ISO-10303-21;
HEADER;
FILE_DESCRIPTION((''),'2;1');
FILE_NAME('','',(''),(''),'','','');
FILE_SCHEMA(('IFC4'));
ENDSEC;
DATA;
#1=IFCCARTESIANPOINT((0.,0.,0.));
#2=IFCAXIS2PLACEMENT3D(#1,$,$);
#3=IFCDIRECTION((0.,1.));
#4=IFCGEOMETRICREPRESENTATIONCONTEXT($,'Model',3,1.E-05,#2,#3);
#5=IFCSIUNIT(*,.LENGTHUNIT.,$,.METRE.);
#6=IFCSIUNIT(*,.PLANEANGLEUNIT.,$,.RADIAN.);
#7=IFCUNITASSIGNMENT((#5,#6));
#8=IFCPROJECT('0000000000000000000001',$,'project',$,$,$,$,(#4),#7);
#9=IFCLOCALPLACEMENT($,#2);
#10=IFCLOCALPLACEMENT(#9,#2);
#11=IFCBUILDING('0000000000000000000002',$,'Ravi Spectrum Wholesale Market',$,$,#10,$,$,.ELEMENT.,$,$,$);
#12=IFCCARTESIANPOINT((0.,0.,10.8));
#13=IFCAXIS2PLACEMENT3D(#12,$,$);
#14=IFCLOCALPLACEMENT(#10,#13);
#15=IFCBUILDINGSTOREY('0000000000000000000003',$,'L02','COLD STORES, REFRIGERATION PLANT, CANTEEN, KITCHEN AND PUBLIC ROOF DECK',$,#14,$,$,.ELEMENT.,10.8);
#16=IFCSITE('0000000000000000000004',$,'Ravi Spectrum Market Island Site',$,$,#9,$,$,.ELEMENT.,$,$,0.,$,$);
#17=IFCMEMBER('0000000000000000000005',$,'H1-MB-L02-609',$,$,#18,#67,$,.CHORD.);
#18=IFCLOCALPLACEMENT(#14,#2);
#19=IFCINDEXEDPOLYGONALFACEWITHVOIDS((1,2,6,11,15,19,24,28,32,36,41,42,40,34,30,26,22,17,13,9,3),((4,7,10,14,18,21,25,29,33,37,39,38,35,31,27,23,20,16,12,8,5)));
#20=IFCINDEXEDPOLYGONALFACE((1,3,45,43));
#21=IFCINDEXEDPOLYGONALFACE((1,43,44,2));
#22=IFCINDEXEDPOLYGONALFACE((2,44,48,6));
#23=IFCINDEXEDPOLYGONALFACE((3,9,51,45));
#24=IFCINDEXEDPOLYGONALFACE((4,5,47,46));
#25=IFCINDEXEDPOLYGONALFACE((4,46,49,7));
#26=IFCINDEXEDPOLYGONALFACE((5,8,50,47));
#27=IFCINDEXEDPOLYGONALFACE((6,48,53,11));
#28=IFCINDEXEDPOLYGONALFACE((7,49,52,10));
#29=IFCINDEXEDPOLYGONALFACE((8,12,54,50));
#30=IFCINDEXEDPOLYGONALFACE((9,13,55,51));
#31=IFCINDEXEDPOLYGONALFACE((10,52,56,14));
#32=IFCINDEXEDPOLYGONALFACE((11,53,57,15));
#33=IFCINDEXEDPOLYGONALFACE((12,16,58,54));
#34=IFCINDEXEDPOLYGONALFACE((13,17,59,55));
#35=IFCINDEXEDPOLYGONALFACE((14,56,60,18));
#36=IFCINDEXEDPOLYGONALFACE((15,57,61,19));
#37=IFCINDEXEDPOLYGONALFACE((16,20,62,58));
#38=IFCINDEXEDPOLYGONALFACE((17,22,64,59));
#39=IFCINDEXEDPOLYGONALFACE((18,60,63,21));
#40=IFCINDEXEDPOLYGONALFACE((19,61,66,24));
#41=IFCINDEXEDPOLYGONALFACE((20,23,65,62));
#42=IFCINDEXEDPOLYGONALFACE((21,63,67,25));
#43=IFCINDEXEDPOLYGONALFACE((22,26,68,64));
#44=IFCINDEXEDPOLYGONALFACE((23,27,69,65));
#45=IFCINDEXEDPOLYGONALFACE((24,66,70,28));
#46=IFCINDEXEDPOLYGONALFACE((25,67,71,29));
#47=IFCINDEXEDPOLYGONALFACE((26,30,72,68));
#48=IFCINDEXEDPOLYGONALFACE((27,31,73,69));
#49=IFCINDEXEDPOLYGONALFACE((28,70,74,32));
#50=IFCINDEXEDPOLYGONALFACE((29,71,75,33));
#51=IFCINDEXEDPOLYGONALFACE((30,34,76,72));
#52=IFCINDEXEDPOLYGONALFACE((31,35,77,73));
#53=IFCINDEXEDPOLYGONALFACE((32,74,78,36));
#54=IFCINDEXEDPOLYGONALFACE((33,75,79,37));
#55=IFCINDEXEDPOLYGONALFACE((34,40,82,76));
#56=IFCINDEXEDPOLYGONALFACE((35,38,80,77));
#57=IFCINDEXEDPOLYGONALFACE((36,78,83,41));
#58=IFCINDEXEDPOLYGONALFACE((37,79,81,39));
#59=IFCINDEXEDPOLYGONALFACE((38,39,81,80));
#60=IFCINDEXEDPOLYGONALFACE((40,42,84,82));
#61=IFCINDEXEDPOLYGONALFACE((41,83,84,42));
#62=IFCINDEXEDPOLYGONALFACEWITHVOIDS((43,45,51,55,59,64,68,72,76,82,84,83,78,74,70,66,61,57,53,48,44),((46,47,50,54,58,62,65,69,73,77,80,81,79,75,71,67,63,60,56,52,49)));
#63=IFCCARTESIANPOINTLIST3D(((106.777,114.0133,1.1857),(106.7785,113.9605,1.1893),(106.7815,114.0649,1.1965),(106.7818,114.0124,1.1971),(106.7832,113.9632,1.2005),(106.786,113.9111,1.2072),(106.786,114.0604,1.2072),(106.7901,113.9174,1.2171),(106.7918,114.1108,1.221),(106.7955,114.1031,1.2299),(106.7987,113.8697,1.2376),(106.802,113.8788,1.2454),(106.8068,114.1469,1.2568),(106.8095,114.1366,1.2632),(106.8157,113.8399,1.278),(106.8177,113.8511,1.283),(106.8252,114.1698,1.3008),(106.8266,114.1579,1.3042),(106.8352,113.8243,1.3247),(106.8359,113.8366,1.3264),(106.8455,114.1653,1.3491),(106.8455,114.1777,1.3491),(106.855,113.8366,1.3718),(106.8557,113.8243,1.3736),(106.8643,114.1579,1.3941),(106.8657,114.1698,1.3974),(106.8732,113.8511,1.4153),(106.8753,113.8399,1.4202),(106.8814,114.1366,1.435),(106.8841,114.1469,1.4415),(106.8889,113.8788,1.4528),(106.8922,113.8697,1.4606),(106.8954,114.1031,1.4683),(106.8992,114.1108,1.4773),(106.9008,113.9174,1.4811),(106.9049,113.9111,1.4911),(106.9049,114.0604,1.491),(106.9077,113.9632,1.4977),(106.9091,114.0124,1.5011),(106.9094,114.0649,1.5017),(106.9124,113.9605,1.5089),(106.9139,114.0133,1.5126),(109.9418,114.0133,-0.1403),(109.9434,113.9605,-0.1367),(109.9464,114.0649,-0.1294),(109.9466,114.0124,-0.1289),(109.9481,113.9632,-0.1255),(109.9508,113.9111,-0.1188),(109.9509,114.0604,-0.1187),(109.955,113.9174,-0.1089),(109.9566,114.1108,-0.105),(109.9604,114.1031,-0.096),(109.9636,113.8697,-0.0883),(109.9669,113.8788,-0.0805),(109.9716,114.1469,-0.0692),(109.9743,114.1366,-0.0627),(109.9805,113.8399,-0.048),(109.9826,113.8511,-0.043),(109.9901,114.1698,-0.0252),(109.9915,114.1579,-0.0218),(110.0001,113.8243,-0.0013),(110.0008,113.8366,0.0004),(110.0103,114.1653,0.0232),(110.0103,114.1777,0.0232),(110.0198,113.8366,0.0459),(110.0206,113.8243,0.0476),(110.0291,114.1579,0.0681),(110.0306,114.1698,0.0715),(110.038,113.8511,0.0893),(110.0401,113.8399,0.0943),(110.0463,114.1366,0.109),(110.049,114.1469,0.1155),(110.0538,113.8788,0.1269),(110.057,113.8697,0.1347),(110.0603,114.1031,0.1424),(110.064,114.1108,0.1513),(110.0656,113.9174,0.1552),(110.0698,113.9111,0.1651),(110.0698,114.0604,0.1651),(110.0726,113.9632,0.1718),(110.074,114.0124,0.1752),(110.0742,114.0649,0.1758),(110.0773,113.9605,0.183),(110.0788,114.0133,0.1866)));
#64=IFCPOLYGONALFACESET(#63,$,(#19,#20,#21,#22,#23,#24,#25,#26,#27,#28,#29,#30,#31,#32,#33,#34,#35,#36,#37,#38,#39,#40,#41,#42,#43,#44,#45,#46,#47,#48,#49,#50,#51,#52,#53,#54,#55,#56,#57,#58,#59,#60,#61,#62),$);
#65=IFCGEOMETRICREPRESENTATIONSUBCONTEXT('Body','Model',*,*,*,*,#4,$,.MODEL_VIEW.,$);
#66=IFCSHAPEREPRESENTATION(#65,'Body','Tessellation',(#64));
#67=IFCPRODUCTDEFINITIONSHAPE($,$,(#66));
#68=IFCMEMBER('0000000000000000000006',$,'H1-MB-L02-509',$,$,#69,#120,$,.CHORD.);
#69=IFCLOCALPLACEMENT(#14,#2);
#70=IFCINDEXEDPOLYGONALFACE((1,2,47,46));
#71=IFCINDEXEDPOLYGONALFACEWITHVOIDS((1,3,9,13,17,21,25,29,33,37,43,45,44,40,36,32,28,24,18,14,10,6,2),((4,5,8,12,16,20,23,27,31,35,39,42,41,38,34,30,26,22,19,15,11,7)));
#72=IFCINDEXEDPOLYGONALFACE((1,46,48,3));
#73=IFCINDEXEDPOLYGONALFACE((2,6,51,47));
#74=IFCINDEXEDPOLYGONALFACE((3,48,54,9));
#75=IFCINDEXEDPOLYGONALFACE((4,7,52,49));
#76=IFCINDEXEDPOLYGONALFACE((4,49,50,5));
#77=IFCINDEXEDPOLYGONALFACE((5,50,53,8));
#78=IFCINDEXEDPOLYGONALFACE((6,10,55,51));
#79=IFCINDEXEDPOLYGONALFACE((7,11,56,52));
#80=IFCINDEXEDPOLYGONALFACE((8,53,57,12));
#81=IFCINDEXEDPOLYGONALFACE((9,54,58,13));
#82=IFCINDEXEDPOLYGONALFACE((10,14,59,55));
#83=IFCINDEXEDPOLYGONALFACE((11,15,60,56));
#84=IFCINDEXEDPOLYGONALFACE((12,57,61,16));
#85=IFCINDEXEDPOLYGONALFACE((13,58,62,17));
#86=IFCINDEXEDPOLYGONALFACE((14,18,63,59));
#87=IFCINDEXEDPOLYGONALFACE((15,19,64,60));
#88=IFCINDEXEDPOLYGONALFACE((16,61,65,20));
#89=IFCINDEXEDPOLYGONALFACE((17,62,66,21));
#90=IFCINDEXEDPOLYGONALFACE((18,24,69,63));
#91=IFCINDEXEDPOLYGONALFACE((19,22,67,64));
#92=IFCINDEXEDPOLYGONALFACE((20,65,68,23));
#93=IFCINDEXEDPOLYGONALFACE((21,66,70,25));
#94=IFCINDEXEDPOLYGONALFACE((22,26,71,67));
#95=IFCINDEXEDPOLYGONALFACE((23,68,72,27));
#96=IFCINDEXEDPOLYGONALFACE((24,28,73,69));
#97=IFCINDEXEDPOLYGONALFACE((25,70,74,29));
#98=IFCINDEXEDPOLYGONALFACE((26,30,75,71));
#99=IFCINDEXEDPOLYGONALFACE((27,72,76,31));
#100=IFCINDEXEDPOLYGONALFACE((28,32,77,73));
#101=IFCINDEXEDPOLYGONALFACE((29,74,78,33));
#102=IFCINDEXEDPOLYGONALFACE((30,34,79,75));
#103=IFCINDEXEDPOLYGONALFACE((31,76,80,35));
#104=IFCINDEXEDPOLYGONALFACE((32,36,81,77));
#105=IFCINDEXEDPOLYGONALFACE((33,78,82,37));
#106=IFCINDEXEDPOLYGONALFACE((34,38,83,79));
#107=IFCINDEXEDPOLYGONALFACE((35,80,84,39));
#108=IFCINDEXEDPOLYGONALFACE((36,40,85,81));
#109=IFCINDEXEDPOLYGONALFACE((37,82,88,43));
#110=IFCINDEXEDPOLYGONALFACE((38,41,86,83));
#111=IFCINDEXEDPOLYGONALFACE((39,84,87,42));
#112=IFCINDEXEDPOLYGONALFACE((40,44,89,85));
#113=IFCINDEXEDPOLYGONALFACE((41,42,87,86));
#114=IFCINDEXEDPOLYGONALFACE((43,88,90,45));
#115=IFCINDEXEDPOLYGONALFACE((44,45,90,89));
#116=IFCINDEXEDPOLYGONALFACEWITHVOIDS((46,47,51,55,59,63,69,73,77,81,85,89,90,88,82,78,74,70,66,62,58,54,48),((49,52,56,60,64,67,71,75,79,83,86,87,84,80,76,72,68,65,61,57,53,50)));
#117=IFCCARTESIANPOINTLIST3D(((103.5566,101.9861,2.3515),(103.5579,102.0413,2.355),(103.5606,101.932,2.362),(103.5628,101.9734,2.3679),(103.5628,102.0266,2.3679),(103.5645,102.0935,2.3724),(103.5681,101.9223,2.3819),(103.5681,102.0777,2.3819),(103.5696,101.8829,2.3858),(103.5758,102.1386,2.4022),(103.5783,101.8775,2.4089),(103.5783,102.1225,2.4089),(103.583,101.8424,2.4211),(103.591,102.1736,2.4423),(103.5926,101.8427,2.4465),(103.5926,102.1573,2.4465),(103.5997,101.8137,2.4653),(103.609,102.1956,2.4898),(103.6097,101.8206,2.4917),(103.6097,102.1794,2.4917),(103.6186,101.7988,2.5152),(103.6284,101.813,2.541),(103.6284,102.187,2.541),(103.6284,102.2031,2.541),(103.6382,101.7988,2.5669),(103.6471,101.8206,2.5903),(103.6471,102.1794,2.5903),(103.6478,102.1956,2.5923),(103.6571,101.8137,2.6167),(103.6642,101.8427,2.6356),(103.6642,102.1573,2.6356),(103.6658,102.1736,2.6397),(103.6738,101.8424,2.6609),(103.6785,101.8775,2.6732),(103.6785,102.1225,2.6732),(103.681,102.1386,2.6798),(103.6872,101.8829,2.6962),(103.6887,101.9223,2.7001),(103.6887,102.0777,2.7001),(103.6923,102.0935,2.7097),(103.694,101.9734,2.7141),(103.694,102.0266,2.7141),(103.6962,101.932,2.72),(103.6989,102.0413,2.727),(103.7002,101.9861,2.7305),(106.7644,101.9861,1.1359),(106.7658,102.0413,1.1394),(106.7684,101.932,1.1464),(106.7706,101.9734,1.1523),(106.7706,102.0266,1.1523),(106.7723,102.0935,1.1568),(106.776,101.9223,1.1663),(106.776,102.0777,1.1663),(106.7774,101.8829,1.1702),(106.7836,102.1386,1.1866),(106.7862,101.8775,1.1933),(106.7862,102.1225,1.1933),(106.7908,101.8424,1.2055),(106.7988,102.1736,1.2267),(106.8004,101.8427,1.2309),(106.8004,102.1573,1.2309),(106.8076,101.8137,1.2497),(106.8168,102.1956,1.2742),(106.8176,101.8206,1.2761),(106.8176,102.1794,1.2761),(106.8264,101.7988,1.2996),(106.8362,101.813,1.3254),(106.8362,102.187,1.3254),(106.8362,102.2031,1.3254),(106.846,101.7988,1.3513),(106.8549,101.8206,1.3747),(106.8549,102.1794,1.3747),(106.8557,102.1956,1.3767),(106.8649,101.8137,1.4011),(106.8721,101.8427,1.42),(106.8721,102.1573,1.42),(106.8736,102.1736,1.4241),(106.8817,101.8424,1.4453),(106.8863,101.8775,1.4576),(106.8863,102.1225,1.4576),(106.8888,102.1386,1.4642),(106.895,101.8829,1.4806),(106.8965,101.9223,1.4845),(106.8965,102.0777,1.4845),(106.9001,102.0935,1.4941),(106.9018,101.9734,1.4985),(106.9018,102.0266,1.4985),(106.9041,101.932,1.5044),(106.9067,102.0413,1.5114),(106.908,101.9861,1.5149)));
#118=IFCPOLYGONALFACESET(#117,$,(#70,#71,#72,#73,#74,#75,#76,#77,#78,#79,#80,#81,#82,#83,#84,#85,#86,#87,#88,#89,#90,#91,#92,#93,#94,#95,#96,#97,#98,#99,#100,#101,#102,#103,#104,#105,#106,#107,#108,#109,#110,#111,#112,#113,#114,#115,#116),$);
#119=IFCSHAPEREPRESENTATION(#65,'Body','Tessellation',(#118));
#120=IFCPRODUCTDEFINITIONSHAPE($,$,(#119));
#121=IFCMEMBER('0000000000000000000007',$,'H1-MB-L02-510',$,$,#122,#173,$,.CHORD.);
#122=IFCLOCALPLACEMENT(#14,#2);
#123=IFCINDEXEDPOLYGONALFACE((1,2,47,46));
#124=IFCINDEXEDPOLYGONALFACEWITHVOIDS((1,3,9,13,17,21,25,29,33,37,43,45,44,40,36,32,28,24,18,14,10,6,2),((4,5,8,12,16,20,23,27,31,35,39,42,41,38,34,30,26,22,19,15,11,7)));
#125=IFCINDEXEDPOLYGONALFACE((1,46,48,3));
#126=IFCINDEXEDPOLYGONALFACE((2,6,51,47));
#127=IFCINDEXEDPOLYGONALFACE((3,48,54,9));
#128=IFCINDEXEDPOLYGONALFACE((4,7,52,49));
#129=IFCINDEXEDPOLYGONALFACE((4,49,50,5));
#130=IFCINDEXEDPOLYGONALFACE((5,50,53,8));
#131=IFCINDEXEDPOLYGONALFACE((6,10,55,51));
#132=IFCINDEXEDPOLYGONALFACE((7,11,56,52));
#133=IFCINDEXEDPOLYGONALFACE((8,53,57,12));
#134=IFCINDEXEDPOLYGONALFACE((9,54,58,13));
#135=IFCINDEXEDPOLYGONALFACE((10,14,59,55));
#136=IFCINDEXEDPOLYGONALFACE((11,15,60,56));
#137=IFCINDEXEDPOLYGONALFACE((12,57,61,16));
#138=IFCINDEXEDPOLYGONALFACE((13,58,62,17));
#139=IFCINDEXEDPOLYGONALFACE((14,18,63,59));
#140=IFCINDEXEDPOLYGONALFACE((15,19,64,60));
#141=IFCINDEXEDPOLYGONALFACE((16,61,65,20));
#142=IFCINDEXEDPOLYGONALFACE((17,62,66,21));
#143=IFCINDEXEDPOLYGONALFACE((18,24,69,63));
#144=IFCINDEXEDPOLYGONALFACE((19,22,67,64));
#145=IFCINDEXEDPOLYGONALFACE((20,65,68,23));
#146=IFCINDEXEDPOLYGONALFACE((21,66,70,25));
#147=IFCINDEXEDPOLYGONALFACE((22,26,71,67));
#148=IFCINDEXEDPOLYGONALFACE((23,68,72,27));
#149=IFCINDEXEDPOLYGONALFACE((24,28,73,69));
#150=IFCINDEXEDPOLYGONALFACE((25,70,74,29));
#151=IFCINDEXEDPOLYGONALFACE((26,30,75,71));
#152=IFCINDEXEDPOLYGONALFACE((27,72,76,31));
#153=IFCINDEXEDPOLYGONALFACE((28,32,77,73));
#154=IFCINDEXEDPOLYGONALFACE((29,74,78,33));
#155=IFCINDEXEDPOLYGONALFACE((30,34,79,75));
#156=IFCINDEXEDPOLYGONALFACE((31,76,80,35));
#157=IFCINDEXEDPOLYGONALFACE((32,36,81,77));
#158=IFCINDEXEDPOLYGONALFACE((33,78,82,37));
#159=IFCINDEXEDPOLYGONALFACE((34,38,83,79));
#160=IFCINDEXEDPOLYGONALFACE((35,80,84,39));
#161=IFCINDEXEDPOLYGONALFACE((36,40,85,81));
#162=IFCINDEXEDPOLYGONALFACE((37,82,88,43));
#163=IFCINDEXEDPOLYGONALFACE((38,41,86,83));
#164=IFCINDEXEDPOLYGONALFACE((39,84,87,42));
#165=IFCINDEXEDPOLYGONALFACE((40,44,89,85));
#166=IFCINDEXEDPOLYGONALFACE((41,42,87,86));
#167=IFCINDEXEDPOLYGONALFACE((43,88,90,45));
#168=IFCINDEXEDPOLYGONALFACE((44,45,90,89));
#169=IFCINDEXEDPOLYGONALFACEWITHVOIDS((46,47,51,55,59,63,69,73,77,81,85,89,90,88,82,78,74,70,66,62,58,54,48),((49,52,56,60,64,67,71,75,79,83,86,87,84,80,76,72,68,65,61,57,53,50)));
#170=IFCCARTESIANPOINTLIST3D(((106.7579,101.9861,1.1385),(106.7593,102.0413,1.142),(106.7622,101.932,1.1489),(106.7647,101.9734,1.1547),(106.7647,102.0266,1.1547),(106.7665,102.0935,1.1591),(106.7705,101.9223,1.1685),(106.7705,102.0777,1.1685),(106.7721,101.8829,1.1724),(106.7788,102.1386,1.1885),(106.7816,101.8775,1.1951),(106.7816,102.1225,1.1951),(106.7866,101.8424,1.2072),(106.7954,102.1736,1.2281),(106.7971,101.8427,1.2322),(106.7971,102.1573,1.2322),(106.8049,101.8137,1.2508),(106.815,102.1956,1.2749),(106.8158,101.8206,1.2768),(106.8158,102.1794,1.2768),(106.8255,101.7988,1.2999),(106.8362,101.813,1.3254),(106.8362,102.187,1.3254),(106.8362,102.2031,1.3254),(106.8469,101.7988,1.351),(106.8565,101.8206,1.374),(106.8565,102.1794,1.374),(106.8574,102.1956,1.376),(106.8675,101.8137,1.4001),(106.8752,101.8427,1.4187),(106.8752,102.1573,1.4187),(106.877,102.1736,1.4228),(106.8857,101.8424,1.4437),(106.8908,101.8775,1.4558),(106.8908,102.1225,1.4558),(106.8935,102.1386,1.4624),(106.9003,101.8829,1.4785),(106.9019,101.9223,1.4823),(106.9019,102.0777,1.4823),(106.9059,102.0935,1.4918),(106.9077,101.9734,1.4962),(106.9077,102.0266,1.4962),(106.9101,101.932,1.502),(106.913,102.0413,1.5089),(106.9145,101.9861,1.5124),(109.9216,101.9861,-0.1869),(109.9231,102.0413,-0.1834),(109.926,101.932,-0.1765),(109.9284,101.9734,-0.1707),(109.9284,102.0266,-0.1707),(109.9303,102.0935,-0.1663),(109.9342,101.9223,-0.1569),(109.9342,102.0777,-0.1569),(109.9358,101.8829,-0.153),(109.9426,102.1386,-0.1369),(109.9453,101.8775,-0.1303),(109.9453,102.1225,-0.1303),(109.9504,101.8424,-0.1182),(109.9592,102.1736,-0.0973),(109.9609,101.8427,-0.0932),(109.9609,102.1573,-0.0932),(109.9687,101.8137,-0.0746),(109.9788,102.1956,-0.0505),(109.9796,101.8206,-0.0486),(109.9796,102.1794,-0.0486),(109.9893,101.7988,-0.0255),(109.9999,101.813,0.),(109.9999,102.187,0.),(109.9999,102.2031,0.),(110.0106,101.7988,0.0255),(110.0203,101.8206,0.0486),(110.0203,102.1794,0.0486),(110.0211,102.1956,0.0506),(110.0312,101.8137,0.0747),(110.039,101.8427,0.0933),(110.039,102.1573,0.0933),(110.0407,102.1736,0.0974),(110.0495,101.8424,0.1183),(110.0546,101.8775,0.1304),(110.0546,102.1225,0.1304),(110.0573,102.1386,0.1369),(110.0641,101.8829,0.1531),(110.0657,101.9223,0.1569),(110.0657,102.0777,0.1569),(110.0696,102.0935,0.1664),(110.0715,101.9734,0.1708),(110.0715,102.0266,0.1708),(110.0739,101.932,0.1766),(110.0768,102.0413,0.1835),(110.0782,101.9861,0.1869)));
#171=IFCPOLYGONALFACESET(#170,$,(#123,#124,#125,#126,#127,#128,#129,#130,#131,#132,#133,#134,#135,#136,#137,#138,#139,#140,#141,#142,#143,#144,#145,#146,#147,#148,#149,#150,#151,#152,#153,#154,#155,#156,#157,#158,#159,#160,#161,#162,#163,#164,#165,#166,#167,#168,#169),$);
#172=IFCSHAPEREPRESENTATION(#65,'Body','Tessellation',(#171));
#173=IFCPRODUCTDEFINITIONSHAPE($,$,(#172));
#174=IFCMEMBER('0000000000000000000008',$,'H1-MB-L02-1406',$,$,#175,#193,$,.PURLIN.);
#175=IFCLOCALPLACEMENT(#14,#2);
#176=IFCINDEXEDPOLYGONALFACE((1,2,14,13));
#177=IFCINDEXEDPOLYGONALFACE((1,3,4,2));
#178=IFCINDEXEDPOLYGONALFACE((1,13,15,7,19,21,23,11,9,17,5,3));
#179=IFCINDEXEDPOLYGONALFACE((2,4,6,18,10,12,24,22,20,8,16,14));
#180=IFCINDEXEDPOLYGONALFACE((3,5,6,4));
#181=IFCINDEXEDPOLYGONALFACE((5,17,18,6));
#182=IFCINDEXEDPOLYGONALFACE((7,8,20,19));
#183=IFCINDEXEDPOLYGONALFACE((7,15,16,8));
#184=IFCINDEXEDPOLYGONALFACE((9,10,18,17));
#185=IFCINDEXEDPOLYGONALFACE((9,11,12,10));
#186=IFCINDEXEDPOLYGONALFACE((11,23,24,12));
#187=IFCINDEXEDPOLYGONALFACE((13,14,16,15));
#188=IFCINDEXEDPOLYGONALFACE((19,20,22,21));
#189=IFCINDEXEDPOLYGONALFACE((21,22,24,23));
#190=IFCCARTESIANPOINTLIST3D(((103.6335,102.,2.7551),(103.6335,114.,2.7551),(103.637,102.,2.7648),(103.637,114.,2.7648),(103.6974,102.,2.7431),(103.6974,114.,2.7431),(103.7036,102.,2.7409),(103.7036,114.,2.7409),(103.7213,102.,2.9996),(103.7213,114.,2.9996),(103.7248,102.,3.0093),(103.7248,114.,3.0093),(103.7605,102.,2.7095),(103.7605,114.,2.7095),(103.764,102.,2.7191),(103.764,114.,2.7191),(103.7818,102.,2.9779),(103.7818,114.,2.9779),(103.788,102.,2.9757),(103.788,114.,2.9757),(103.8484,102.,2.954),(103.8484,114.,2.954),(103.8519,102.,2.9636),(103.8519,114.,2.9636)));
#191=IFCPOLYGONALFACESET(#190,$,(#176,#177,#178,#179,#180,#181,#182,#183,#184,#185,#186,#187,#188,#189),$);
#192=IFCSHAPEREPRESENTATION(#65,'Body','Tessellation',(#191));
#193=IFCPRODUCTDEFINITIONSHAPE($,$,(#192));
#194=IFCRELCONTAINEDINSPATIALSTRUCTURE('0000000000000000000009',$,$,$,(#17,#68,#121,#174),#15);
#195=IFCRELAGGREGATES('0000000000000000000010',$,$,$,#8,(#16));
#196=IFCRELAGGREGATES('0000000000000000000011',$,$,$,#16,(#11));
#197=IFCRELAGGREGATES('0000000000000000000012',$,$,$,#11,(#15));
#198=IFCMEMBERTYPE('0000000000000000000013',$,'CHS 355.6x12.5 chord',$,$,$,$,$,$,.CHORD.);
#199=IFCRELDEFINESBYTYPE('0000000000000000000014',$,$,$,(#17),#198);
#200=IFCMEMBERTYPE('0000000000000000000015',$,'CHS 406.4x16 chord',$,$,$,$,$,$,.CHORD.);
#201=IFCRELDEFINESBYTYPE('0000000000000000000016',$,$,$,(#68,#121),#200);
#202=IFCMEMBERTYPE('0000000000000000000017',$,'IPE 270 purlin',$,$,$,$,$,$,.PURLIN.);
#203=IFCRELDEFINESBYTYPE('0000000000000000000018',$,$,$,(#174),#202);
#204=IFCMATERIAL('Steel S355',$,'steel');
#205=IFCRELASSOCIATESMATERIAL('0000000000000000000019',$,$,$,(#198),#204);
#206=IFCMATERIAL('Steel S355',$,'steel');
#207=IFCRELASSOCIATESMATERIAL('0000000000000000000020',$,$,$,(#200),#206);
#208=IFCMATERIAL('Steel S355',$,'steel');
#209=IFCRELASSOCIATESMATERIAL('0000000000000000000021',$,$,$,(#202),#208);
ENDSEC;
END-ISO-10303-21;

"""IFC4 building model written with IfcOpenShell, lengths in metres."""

from ifc_helpers import new_model, si_unit, direction, frame, origin, origin_2d, place, context, subcontext, project, spatial, hollow_circle, i_section, extrude, material, material_profile, profile_set, type_object, element, save


model = new_model("IFC4")

# Units and contexts
model_context = context("Model", 3, precision=1e-05, world=origin(), true_north=direction((0.0, 1.0)))
body_context = subcontext(model_context, "Body", "Model", "MODEL_VIEW")
ifc_project = project(units=[si_unit("LENGTHUNIT", "METRE"), si_unit("PLANEANGLEUNIT", "RADIAN")], contexts=[model_context])

# Site, building, storey
site_placement = place(None, origin())
site = spatial("IfcSite", under=ifc_project, at=site_placement, Name="Ravi Spectrum Market Island Site", CompositionType="ELEMENT", RefElevation=0.0)
building_placement = place(site_placement, origin())
building = spatial("IfcBuilding", under=site, at=building_placement, Name="Ravi Spectrum Wholesale Market", CompositionType="ELEMENT")
storey_placement = place(building_placement, frame((0.0, 0.0, 10.8)))
storey = spatial("IfcBuildingStorey", under=building, at=storey_placement, Name="L02", Description="COLD STORES, REFRIGERATION PLANT, CANTEEN, KITCHEN AND PUBLIC ROOF DECK", CompositionType="ELEMENT", Elevation=10.8)

# Members
ifc_material_1 = material(Name="Steel S355", Category="steel")
ifc_material_profile_1 = material_profile(ifc_material_1, hollow_circle(Radius=0.1777, WallThickness=0.0125, at=origin_2d()))
ifc_profile_set_1 = profile_set([ifc_material_profile_1], Name="Steel S355")
member_type_1 = type_object("IfcMemberType", Name="CHS 355.6x12.5 chord", PredefinedType="CHORD", material=ifc_profile_set_1)
member_1_placement = place(storey_placement, frame((106.8455, 114.0, 1.3491), z_axis=(0.922324, 0.0, -0.386418), x_axis=(0.0, 1.0, 0.0)))
element("IfcMember", 1, at=member_1_placement, inside=storey, type_object=member_type_1, Name="H1-MB-L02-609", PredefinedType="CHORD", context=body_context, shape_type="SweptSolid", body=[
    extrude(hollow_circle(Radius=0.1777, WallThickness=0.0125, at=origin_2d()), origin(), (0.0, 0.0, 1.0), 3.4314),
])
ifc_material_2 = material(Name="Steel S355", Category="steel")
ifc_material_profile_2 = material_profile(ifc_material_2, hollow_circle(Radius=0.2031, WallThickness=0.0161, at=origin_2d()))
ifc_profile_set_2 = profile_set([ifc_material_profile_2], Name="Steel S355")
member_type_2 = type_object("IfcMemberType", Name="CHS 406.4x16 chord", PredefinedType="CHORD", material=ifc_profile_set_2)
member_2_placement = place(storey_placement, frame((103.6284, 102.0, 2.541), z_axis=(0.93511, 0.0, -0.354358), x_axis=(0.0, 1.0, 0.0)))
element("IfcMember", 2, at=member_2_placement, inside=storey, type_object=member_type_2, Name="H1-MB-L02-509", PredefinedType="CHORD", context=body_context, shape_type="SweptSolid", body=[
    extrude(hollow_circle(Radius=0.2031, WallThickness=0.0161, at=origin_2d()), origin(), (0.0, 0.0, 1.0), 3.4304),
])
member_3_placement = place(storey_placement, frame((106.8362, 102.0, 1.3254), z_axis=(0.922332, 0.0, -0.386399), x_axis=(0.0, 1.0, 0.0)))
element("IfcMember", 3, at=member_3_placement, inside=storey, type_object=member_type_2, Name="H1-MB-L02-510", PredefinedType="CHORD", context=body_context, shape_type="SweptSolid", body=[
    extrude(hollow_circle(Radius=0.2031, WallThickness=0.0161, at=origin_2d()), origin(), (0.0, 0.0, 1.0), 3.4302),
])
ifc_material_3 = material(Name="Steel S355", Category="steel")
ifc_material_profile_3 = material_profile(ifc_material_3, i_section(OverallWidth=0.135, OverallDepth=0.27, WebThickness=0.0066, FlangeThickness=0.0103, at=origin_2d()))
ifc_profile_set_3 = profile_set([ifc_material_profile_3], Name="Steel S355")
member_type_3 = type_object("IfcMemberType", Name="IPE 270 purlin", PredefinedType="PURLIN", material=ifc_profile_set_3)
for number, where, z_axis, x_axis, name in (
    (4, (103.7427, 102.0, 2.8594), (0.0, 1.0, 0.0), (-0.94108, 0.0, 0.338184), "H1-MB-L02-1406"),
):
    element("IfcMember", number, at=place(storey_placement, frame(where, z_axis=z_axis, x_axis=x_axis)), inside=storey, type_object=member_type_3, Name=name, PredefinedType="PURLIN", context=body_context, shape_type="SweptSolid", body=[
        extrude(i_section(OverallWidth=0.135, OverallDepth=0.27, WebThickness=0.0066, FlangeThickness=0.0103, at=origin_2d()), origin(), (0.0, 0.0, 1.0), 12.0),
    ])

save(model, "model.ifc")
